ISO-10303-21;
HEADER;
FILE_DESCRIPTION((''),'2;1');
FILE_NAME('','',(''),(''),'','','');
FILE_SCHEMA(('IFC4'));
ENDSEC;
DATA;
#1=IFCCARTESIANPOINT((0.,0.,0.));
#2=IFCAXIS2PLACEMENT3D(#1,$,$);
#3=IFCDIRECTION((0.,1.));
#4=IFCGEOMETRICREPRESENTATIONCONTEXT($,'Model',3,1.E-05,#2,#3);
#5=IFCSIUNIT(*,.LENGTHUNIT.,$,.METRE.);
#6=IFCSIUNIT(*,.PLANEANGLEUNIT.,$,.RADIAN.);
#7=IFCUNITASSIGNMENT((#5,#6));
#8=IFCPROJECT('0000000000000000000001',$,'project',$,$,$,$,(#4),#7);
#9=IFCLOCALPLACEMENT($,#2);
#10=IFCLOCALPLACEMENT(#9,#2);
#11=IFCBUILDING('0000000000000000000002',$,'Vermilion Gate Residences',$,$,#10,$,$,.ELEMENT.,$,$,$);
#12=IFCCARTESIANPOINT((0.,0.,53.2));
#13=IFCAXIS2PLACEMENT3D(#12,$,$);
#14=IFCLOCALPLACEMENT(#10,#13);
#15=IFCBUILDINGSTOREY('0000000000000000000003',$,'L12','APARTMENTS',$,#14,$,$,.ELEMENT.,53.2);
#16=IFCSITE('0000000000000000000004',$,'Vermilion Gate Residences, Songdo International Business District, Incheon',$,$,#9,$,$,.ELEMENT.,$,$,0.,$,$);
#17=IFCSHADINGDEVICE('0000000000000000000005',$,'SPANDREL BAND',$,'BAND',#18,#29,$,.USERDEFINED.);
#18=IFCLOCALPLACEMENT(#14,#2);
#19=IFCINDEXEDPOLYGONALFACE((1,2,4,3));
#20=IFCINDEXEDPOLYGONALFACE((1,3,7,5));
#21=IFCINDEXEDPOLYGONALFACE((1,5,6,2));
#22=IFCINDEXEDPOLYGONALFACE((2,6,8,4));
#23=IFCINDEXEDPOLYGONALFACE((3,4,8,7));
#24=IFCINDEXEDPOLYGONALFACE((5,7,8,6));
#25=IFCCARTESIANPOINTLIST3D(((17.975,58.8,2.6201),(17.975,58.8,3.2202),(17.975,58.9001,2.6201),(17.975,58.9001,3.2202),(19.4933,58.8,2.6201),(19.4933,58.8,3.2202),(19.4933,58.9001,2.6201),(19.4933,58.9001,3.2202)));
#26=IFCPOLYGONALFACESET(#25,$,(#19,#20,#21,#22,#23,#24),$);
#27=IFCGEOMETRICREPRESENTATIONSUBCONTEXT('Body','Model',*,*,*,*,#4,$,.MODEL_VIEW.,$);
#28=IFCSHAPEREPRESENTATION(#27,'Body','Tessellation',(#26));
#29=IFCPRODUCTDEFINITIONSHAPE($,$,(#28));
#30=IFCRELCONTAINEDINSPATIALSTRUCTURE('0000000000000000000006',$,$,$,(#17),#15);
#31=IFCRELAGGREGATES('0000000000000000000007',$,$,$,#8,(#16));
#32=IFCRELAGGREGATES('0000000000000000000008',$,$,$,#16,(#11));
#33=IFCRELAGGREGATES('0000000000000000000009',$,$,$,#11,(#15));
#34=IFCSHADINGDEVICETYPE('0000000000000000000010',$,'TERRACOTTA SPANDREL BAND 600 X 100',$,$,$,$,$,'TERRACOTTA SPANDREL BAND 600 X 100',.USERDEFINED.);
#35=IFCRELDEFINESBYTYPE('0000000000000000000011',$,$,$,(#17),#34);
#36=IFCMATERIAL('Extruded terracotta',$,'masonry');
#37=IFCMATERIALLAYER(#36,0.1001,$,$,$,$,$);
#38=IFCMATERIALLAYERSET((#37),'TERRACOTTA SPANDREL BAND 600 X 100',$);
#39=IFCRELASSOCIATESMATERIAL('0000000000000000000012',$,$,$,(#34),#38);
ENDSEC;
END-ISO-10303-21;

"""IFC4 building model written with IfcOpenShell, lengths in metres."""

from ifc_helpers import new_model, si_unit, direction, frame, origin, origin_2d, place, context, subcontext, project, spatial, rectangle, extrude, material, layer, layer_set, type_object, element, save


model = new_model("IFC4")

# Units and contexts
model_context = context("Model", 3, precision=1e-05, world=origin(), true_north=direction((0.0, 1.0)))
body_context = subcontext(model_context, "Body", "Model", "MODEL_VIEW")
ifc_project = project(units=[si_unit("LENGTHUNIT", "METRE"), si_unit("PLANEANGLEUNIT", "RADIAN")], contexts=[model_context])

# Site, building, storey
site_placement = place(None, origin())
site = spatial("IfcSite", under=ifc_project, at=site_placement, Name="Vermilion Gate Residences, Songdo International Business District, Incheon", CompositionType="ELEMENT", RefElevation=0.0)
building_placement = place(site_placement, origin())
building = spatial("IfcBuilding", under=site, at=building_placement, Name="Vermilion Gate Residences", CompositionType="ELEMENT")
storey_placement = place(building_placement, frame((0.0, 0.0, 53.2)))
storey = spatial("IfcBuildingStorey", under=building, at=storey_placement, Name="L12", Description="APARTMENTS", CompositionType="ELEMENT", Elevation=53.2)

# Shading device
ifc_material_1 = material(Name="Extruded terracotta", Category="masonry")
ifc_layer_1 = layer(ifc_material_1, 0.1001)
ifc_layer_set_1 = layer_set([ifc_layer_1], Name="TERRACOTTA SPANDREL BAND 600 X 100")
shading_device_type = type_object("IfcShadingDeviceType", Name="TERRACOTTA SPANDREL BAND 600 X 100", ElementType="TERRACOTTA SPANDREL BAND 600 X 100", PredefinedType="USERDEFINED", material=ifc_layer_set_1)
shading_device_1_placement = place(storey_placement, frame((18.7341, 58.8501, 2.6201), z_axis=(0.0, 0.0, 1.0), x_axis=(1.0, 0.0, 0.0)))
element("IfcShadingDevice", 1, at=shading_device_1_placement, inside=storey, type_object=shading_device_type, Name="SPANDREL BAND", ObjectType="BAND", PredefinedType="USERDEFINED", context=body_context, shape_type="SweptSolid", body=[
    extrude(rectangle(XDim=1.5183, YDim=0.1001, at=origin_2d()), origin(), (0.0, 0.0, 1.0), 0.6001),
])

save(model, "model.ifc")
